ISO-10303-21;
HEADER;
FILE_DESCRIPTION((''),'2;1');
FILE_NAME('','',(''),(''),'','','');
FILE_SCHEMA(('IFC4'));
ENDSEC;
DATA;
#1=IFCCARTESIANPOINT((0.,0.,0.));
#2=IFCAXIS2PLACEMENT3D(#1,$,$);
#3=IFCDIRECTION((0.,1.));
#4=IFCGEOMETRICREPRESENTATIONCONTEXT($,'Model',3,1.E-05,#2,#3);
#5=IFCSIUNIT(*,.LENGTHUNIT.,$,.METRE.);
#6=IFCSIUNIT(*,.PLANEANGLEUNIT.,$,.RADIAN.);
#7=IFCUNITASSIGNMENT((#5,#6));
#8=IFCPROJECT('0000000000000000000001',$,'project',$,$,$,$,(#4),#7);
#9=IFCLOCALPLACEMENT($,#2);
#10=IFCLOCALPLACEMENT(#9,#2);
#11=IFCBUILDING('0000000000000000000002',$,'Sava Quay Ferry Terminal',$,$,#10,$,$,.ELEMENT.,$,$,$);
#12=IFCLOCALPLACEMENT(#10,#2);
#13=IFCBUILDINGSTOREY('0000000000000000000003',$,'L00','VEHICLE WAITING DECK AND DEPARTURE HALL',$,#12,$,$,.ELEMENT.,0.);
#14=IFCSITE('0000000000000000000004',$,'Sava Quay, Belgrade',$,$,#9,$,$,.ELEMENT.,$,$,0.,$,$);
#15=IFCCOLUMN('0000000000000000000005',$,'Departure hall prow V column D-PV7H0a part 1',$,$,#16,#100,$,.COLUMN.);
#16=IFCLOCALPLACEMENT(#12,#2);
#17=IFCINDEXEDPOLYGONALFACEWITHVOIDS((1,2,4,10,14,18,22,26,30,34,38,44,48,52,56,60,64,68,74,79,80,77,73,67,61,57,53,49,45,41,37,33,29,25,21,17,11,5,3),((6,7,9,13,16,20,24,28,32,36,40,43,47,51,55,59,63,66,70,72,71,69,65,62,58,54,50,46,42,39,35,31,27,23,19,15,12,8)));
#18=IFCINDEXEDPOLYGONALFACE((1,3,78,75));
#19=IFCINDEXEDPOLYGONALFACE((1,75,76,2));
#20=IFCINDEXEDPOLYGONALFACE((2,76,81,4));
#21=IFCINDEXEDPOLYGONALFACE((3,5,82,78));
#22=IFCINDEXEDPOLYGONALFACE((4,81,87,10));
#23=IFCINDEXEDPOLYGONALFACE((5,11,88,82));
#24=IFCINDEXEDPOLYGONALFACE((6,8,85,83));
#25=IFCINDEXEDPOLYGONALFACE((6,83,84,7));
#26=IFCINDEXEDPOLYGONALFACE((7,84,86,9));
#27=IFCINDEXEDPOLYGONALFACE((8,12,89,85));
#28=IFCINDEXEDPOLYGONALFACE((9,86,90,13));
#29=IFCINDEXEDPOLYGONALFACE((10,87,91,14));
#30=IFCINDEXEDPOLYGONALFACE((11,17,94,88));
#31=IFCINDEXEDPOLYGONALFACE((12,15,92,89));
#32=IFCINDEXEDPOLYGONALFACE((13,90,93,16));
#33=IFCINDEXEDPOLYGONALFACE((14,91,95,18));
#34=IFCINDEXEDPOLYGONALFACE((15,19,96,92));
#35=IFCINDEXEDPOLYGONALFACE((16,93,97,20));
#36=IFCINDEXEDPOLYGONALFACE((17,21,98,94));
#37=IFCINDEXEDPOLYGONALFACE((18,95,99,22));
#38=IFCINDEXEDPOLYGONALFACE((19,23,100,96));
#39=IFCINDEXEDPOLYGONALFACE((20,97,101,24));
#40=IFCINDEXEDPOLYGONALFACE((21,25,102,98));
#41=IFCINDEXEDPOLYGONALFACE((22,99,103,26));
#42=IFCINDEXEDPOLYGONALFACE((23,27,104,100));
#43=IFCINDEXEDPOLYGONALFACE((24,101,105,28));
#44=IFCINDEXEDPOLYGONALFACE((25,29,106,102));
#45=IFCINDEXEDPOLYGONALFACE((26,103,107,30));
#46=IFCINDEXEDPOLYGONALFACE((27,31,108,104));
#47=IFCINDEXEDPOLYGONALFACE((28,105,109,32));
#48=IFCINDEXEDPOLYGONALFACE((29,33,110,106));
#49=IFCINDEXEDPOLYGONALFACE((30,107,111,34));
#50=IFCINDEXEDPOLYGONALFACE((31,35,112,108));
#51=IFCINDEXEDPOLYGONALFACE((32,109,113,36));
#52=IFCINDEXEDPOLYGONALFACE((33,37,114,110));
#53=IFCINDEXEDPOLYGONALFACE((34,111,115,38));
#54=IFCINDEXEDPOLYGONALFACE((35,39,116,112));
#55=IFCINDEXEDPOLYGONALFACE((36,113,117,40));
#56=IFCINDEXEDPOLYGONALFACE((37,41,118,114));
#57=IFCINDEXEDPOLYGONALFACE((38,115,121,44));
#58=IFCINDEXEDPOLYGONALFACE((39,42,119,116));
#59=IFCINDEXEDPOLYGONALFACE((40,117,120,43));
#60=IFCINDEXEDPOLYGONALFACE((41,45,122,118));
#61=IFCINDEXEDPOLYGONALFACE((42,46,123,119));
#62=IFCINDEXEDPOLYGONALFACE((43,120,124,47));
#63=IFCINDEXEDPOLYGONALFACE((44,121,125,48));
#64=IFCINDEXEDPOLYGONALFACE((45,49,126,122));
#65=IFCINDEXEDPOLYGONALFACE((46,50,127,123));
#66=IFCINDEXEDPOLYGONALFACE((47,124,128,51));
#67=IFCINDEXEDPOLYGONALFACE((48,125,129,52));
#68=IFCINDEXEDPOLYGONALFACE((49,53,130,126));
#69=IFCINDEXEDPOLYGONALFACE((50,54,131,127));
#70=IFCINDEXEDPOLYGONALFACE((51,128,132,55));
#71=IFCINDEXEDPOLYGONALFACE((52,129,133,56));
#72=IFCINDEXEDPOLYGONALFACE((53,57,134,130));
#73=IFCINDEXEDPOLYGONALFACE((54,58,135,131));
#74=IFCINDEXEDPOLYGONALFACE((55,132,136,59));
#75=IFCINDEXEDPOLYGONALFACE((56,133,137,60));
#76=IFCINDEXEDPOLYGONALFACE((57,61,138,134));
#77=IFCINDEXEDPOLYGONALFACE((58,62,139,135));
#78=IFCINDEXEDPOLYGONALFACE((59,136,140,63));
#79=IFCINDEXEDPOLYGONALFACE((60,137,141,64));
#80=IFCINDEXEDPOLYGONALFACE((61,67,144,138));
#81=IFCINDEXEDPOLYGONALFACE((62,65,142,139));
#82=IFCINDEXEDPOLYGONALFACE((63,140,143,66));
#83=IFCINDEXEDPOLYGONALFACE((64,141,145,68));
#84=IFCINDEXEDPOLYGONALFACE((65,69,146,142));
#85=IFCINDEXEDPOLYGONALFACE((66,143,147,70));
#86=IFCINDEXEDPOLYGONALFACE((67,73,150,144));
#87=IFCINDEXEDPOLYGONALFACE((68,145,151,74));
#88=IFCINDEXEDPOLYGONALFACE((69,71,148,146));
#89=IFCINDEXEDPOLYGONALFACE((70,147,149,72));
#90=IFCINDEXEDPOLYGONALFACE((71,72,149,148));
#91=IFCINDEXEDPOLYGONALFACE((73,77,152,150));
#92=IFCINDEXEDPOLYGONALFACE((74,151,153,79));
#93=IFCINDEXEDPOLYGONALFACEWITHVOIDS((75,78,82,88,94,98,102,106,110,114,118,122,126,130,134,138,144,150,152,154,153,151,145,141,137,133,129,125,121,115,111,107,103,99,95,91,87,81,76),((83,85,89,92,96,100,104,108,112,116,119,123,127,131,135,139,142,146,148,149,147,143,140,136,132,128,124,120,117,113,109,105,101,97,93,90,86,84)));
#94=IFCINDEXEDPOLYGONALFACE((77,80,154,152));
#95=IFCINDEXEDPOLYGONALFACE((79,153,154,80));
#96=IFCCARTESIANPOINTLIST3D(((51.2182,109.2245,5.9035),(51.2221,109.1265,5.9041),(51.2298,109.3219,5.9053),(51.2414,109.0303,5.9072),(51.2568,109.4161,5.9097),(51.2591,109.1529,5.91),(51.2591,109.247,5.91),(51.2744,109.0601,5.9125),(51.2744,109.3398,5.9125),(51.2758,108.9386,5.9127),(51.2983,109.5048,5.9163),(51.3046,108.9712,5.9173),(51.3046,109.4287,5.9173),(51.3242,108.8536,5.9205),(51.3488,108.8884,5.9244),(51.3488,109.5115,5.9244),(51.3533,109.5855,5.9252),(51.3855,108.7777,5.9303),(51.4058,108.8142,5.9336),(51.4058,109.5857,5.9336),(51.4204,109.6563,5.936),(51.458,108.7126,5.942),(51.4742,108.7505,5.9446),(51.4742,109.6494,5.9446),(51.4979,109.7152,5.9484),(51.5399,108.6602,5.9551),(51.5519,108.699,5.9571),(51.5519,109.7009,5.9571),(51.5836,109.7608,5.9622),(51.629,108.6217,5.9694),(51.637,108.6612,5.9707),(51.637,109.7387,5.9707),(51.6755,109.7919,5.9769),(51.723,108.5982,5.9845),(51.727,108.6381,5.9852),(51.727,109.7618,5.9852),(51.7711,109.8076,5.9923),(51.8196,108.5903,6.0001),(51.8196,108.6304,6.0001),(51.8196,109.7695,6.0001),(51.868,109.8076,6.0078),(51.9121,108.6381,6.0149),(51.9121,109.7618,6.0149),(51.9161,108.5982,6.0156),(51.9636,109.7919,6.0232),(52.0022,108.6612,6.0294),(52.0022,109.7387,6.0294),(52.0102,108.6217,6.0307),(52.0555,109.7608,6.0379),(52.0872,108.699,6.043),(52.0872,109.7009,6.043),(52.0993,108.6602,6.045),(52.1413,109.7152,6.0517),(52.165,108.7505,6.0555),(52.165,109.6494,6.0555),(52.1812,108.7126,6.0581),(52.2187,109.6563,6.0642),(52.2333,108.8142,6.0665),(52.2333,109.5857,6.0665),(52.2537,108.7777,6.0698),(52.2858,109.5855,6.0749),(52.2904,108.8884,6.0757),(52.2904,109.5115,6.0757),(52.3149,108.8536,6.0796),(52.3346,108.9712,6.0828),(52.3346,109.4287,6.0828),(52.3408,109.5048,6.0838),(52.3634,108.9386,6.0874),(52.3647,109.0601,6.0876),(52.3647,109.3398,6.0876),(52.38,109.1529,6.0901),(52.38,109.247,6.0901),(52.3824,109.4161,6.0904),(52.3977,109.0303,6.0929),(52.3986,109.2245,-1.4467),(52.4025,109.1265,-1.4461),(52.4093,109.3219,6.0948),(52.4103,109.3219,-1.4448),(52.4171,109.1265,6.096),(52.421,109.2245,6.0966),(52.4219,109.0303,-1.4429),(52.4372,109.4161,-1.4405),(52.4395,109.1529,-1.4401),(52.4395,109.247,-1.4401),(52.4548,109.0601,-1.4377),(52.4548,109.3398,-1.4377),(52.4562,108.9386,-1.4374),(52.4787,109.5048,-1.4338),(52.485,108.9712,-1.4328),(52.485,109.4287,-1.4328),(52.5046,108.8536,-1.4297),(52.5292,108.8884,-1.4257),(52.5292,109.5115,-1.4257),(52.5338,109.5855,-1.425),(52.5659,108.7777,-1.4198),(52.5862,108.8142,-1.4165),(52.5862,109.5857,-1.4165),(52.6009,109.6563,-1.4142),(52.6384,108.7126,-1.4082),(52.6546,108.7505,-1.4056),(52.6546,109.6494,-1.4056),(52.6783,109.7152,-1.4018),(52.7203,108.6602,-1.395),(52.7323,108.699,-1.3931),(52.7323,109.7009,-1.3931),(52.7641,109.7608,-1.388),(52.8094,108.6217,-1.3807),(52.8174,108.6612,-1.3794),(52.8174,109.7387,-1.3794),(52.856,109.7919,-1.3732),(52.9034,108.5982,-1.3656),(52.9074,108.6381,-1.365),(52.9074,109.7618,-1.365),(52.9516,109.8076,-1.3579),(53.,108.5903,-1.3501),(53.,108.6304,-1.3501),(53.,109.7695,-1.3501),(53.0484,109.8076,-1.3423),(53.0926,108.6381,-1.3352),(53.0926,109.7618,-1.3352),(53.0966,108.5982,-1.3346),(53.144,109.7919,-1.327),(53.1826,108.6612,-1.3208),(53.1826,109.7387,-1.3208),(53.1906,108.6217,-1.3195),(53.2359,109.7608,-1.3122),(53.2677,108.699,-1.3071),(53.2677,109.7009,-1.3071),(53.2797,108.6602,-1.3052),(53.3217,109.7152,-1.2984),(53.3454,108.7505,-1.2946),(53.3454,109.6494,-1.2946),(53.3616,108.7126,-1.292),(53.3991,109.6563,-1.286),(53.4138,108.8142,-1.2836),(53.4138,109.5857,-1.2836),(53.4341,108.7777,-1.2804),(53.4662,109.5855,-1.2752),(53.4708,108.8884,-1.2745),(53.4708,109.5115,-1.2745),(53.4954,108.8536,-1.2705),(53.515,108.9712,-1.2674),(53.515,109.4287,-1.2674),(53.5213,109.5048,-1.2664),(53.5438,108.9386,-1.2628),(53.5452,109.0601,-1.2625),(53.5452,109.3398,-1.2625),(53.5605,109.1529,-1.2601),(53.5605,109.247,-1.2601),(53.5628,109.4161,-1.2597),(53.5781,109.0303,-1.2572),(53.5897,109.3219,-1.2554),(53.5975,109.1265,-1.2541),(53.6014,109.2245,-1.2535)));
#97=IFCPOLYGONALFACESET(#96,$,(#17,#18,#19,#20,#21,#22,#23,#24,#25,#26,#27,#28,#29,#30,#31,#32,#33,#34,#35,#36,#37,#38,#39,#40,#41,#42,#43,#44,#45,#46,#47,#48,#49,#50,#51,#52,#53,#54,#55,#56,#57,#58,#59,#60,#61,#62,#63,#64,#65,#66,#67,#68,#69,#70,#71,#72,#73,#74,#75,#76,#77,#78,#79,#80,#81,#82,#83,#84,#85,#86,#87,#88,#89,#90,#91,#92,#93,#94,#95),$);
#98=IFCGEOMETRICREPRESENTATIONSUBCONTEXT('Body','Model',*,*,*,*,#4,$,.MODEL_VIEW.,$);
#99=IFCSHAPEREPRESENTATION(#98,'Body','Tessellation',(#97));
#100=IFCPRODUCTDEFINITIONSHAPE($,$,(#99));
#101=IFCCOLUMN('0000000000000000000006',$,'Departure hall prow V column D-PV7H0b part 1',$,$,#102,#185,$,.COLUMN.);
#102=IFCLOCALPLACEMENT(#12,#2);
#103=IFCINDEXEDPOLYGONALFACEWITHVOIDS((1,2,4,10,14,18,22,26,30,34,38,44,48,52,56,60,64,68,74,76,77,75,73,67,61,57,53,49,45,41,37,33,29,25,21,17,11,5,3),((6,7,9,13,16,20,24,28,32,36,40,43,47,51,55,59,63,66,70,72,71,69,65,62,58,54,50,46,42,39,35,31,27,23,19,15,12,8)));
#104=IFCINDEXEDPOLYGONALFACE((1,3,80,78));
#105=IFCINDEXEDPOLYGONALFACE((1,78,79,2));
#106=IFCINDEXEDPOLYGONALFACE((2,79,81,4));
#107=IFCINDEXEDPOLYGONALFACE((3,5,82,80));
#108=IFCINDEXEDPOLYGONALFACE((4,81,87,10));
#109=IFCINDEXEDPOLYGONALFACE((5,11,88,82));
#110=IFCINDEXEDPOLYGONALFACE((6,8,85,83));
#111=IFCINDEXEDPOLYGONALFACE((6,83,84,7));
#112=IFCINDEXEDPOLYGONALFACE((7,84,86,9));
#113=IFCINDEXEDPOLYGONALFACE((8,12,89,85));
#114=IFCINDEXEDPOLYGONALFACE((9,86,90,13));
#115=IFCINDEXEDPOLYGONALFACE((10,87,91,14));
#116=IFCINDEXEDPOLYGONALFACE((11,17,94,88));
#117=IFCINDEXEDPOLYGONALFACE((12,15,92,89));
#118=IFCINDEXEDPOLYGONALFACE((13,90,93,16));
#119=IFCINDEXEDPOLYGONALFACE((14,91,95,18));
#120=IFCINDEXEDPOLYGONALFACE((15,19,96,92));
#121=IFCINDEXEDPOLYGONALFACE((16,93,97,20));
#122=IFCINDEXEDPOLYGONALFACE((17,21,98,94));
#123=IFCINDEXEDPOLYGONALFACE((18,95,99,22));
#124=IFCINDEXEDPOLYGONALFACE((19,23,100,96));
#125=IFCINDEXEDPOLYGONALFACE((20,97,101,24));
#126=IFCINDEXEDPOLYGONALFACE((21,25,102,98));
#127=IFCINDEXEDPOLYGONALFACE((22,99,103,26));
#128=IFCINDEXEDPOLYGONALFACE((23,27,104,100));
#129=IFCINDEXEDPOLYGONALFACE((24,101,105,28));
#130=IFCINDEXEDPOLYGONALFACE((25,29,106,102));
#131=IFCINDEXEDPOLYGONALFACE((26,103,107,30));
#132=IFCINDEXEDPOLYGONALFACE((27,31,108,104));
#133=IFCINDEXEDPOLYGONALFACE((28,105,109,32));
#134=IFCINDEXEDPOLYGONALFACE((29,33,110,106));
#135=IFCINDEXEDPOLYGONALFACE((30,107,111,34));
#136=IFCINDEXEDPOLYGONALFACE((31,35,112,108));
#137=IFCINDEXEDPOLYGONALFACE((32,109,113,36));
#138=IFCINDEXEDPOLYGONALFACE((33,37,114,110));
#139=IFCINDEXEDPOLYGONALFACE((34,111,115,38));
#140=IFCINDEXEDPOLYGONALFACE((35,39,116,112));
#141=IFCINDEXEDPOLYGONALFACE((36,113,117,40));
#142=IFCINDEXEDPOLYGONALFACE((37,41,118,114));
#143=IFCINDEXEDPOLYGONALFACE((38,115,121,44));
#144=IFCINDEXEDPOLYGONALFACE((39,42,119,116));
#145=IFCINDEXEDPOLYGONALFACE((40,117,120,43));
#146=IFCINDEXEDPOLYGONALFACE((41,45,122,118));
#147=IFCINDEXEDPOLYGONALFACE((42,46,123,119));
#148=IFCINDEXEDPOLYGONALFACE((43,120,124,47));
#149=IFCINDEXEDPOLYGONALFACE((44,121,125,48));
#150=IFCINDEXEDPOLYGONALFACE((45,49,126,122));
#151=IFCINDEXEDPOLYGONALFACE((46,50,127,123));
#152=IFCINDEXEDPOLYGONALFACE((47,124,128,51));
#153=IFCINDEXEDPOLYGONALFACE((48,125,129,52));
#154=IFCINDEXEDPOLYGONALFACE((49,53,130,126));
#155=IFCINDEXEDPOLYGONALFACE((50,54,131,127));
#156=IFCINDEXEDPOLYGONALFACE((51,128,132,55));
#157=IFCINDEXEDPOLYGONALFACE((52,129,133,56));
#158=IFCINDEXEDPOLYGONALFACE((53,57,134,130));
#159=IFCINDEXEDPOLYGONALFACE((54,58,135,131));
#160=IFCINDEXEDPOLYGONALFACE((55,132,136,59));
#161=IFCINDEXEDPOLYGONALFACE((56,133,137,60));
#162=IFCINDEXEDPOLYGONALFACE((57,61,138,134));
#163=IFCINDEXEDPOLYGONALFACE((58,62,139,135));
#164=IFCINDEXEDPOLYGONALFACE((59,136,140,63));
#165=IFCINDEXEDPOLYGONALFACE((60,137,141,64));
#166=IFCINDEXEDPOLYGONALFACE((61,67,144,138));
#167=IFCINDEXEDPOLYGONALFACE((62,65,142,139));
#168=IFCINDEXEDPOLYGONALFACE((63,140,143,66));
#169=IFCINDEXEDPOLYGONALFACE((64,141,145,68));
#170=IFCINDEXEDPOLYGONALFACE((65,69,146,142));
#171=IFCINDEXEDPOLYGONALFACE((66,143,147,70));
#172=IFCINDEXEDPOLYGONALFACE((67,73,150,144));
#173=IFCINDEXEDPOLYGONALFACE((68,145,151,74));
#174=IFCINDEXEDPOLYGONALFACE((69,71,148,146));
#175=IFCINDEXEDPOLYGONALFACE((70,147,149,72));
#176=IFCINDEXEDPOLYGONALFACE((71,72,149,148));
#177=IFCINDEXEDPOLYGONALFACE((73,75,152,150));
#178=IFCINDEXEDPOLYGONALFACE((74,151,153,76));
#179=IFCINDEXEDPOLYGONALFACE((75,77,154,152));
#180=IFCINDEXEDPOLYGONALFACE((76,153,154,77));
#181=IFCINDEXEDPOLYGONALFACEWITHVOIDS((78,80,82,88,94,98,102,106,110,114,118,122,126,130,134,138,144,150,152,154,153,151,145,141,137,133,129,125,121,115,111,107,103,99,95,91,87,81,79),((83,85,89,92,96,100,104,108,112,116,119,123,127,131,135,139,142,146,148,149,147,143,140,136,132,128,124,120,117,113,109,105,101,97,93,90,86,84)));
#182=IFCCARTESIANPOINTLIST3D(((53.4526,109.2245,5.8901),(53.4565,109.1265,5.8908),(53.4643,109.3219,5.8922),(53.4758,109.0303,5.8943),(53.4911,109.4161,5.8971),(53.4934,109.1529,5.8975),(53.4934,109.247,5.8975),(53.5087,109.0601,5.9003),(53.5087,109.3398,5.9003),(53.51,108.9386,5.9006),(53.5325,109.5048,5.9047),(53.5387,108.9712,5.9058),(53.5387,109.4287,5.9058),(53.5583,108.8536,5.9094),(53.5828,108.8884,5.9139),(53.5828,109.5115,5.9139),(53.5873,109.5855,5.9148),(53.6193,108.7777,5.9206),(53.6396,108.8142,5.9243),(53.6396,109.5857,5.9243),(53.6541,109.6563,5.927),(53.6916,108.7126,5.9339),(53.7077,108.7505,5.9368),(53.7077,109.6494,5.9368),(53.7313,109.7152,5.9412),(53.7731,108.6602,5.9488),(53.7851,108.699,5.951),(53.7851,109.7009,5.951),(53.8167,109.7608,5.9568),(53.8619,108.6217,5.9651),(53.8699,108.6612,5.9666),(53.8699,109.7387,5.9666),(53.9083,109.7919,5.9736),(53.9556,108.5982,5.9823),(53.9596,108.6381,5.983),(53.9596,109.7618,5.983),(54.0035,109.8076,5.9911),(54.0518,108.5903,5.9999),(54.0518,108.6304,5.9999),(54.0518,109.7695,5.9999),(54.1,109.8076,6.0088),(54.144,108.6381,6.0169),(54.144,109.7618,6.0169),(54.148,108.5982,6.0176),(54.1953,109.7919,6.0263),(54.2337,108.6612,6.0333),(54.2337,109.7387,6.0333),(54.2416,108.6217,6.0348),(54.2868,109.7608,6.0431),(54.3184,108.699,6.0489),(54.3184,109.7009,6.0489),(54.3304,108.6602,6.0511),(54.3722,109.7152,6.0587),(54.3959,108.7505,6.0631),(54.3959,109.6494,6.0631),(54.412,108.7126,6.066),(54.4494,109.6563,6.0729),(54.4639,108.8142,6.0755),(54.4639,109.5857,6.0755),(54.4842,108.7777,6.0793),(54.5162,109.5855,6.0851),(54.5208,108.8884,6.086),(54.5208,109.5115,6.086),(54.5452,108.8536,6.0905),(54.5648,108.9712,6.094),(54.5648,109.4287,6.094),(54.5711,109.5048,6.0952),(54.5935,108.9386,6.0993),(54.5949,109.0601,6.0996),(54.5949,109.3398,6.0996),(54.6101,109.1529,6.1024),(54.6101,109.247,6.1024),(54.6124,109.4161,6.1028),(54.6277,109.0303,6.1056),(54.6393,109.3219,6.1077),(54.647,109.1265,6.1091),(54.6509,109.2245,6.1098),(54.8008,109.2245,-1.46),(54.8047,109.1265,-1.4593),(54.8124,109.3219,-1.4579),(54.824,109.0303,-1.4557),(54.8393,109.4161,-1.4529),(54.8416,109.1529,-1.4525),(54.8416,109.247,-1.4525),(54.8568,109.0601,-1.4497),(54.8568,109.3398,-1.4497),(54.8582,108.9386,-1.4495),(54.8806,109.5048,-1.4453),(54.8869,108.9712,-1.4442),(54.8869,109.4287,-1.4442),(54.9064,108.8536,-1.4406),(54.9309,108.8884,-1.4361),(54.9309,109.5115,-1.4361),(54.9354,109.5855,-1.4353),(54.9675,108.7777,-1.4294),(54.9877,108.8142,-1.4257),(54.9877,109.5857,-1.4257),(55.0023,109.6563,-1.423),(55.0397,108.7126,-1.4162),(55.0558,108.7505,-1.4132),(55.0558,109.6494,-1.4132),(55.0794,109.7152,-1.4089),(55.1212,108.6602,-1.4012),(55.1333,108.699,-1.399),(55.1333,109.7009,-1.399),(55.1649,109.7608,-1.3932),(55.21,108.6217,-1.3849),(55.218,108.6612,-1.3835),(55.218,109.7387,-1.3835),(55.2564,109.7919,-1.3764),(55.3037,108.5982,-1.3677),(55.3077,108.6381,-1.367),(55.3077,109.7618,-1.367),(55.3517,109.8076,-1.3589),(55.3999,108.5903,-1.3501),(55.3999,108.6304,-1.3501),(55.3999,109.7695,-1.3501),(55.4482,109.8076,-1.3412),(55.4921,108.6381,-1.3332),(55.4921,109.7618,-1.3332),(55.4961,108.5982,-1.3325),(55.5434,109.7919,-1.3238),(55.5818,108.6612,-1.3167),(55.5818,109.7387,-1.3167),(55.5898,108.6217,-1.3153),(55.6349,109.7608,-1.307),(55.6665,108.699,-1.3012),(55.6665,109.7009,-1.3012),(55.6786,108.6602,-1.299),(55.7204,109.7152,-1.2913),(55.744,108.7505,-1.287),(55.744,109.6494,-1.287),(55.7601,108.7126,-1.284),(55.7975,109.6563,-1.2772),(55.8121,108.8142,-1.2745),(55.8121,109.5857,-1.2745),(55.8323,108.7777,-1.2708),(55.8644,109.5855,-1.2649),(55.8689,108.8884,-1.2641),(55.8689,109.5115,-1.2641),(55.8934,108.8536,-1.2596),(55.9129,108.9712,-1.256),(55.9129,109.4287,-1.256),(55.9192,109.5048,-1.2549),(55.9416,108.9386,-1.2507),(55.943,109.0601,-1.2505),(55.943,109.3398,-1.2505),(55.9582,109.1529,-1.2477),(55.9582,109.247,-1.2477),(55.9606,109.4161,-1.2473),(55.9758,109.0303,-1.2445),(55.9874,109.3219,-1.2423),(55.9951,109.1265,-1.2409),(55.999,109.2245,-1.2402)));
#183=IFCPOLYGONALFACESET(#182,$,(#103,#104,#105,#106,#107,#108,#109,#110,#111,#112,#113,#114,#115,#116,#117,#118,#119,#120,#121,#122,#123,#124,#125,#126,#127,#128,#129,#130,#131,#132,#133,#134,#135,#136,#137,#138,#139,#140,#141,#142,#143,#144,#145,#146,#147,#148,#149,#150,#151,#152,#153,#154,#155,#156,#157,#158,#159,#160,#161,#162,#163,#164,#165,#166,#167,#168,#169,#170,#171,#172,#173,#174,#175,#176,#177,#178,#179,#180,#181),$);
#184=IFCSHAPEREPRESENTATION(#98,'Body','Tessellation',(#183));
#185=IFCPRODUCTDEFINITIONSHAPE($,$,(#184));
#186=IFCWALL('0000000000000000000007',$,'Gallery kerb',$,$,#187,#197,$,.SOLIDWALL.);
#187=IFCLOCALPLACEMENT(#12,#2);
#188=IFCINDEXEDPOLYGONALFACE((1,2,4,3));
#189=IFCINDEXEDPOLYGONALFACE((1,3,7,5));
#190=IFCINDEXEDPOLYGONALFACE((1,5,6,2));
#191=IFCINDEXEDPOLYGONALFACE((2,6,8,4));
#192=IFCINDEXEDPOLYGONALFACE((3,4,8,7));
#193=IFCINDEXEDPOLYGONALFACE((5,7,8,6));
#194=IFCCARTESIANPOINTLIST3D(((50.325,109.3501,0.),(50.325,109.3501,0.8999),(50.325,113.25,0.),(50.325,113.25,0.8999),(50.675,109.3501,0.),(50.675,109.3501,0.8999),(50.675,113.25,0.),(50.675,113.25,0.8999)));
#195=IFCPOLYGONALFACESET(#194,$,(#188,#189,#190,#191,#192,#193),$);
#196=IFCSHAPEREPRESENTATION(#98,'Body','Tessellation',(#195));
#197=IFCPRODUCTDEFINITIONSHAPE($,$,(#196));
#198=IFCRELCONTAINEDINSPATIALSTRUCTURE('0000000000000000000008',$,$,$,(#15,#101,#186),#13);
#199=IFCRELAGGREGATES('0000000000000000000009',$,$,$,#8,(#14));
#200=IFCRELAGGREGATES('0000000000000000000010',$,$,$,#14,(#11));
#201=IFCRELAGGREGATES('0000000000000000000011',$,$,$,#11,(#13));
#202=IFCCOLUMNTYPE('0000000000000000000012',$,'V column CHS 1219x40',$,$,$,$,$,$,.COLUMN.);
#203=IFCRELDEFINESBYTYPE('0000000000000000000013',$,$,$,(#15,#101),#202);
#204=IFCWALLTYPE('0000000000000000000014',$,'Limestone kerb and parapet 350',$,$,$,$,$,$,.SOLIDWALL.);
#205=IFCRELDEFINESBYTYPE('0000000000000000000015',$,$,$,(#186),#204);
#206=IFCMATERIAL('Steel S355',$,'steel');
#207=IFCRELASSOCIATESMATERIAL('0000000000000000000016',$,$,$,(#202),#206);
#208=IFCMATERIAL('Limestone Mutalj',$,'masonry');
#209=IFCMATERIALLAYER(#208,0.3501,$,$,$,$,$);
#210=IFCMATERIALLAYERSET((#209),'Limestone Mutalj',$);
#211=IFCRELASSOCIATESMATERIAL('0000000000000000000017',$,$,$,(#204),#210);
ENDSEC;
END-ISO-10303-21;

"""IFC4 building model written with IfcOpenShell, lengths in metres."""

from ifc_helpers import new_model, si_unit, direction, frame, frame_2d, origin, origin_2d, place, context, subcontext, project, spatial, rectangle, hollow_circle, extrude, material, layer, layer_set, material_profile, profile_set, type_object, element, save


model = new_model("IFC4")

# Units and contexts
model_context = context("Model", 3, precision=1e-05, world=origin(), true_north=direction((0.0, 1.0)))
body_context = subcontext(model_context, "Body", "Model", "MODEL_VIEW")
ifc_project = project(units=[si_unit("LENGTHUNIT", "METRE"), si_unit("PLANEANGLEUNIT", "RADIAN")], contexts=[model_context])

# Site, building, storey
site_placement = place(None, origin())
site = spatial("IfcSite", under=ifc_project, at=site_placement, Name="Sava Quay, Belgrade", CompositionType="ELEMENT", RefElevation=0.0)
building_placement = place(site_placement, origin())
building = spatial("IfcBuilding", under=site, at=building_placement, Name="Sava Quay Ferry Terminal", CompositionType="ELEMENT")
storey_placement = place(building_placement, origin())
storey = spatial("IfcBuildingStorey", under=building, at=storey_placement, Name="L00", Description="VEHICLE WAITING DECK AND DEPARTURE HALL", CompositionType="ELEMENT", Elevation=0.0)

# Columns
ifc_material_1 = material(Name="Steel S355", Category="steel")
ifc_material_profile_1 = material_profile(ifc_material_1, hollow_circle(Radius=0.6096, WallThickness=0.04, at=origin_2d()), Name="CHS 1219 x 40.0")
ifc_profile_set_1 = profile_set([ifc_material_profile_1], Name="Steel S355")
column_type = type_object("IfcColumnType", Name="V column CHS 1219x40", PredefinedType="COLUMN", material=ifc_profile_set_1)
column_1_placement = place(storey_placement, frame((53.0, 109.2, -1.3501), z_axis=(-0.158567, 0.0, 0.987348), x_axis=(0.0, -1.0, 0.0)))
element("IfcColumn", 1, at=column_1_placement, inside=storey, type_object=column_type, Name="Departure hall prow V column D-PV7H0a part 1", PredefinedType="COLUMN", context=body_context, shape_type="SweptSolid", body=[
    extrude(hollow_circle(Radius=0.6096, WallThickness=0.04, at=origin_2d()), origin(), (0.0, 0.0, 1.0), 7.4443),
])
column_2_placement = place(storey_placement, frame((55.3999, 109.2, -1.3501), z_axis=(-0.180409, 0.0, 0.983592), x_axis=(0.0, -1.0, 0.0)))
element("IfcColumn", 2, at=column_2_placement, inside=storey, type_object=column_type, Name="Departure hall prow V column D-PV7H0b part 1", PredefinedType="COLUMN", context=body_context, shape_type="SweptSolid", body=[
    extrude(hollow_circle(Radius=0.6096, WallThickness=0.04, at=origin_2d()), origin(), (0.0, 0.0, 1.0), 7.4727),
])

# Wall
ifc_material_2 = material(Name="Limestone Mutalj", Category="masonry")
ifc_layer_1 = layer(ifc_material_2, 0.3501)
ifc_layer_set_1 = layer_set([ifc_layer_1], Name="Limestone Mutalj")
wall_type = type_object("IfcWallType", Name="Limestone kerb and parapet 350", PredefinedType="SOLIDWALL", material=ifc_layer_set_1)
for number, where, z_axis, x_axis, name in (
    (3, (50.5, 109.3501, 0.0), (0.0, 0.0, 1.0), (0.0, 1.0, 0.0), "Gallery kerb"),
):
    element("IfcWall", number, at=place(storey_placement, frame(where, z_axis=z_axis, x_axis=x_axis)), inside=storey, type_object=wall_type, Name=name, PredefinedType="SOLIDWALL", context=body_context, shape_type="SweptSolid", body=[
        extrude(rectangle(XDim=3.8999, YDim=0.3501, at=frame_2d((1.95, 0.0))), origin(), (0.0, 0.0, 1.0), 0.8999),
    ])

save(model, "model.ifc")
